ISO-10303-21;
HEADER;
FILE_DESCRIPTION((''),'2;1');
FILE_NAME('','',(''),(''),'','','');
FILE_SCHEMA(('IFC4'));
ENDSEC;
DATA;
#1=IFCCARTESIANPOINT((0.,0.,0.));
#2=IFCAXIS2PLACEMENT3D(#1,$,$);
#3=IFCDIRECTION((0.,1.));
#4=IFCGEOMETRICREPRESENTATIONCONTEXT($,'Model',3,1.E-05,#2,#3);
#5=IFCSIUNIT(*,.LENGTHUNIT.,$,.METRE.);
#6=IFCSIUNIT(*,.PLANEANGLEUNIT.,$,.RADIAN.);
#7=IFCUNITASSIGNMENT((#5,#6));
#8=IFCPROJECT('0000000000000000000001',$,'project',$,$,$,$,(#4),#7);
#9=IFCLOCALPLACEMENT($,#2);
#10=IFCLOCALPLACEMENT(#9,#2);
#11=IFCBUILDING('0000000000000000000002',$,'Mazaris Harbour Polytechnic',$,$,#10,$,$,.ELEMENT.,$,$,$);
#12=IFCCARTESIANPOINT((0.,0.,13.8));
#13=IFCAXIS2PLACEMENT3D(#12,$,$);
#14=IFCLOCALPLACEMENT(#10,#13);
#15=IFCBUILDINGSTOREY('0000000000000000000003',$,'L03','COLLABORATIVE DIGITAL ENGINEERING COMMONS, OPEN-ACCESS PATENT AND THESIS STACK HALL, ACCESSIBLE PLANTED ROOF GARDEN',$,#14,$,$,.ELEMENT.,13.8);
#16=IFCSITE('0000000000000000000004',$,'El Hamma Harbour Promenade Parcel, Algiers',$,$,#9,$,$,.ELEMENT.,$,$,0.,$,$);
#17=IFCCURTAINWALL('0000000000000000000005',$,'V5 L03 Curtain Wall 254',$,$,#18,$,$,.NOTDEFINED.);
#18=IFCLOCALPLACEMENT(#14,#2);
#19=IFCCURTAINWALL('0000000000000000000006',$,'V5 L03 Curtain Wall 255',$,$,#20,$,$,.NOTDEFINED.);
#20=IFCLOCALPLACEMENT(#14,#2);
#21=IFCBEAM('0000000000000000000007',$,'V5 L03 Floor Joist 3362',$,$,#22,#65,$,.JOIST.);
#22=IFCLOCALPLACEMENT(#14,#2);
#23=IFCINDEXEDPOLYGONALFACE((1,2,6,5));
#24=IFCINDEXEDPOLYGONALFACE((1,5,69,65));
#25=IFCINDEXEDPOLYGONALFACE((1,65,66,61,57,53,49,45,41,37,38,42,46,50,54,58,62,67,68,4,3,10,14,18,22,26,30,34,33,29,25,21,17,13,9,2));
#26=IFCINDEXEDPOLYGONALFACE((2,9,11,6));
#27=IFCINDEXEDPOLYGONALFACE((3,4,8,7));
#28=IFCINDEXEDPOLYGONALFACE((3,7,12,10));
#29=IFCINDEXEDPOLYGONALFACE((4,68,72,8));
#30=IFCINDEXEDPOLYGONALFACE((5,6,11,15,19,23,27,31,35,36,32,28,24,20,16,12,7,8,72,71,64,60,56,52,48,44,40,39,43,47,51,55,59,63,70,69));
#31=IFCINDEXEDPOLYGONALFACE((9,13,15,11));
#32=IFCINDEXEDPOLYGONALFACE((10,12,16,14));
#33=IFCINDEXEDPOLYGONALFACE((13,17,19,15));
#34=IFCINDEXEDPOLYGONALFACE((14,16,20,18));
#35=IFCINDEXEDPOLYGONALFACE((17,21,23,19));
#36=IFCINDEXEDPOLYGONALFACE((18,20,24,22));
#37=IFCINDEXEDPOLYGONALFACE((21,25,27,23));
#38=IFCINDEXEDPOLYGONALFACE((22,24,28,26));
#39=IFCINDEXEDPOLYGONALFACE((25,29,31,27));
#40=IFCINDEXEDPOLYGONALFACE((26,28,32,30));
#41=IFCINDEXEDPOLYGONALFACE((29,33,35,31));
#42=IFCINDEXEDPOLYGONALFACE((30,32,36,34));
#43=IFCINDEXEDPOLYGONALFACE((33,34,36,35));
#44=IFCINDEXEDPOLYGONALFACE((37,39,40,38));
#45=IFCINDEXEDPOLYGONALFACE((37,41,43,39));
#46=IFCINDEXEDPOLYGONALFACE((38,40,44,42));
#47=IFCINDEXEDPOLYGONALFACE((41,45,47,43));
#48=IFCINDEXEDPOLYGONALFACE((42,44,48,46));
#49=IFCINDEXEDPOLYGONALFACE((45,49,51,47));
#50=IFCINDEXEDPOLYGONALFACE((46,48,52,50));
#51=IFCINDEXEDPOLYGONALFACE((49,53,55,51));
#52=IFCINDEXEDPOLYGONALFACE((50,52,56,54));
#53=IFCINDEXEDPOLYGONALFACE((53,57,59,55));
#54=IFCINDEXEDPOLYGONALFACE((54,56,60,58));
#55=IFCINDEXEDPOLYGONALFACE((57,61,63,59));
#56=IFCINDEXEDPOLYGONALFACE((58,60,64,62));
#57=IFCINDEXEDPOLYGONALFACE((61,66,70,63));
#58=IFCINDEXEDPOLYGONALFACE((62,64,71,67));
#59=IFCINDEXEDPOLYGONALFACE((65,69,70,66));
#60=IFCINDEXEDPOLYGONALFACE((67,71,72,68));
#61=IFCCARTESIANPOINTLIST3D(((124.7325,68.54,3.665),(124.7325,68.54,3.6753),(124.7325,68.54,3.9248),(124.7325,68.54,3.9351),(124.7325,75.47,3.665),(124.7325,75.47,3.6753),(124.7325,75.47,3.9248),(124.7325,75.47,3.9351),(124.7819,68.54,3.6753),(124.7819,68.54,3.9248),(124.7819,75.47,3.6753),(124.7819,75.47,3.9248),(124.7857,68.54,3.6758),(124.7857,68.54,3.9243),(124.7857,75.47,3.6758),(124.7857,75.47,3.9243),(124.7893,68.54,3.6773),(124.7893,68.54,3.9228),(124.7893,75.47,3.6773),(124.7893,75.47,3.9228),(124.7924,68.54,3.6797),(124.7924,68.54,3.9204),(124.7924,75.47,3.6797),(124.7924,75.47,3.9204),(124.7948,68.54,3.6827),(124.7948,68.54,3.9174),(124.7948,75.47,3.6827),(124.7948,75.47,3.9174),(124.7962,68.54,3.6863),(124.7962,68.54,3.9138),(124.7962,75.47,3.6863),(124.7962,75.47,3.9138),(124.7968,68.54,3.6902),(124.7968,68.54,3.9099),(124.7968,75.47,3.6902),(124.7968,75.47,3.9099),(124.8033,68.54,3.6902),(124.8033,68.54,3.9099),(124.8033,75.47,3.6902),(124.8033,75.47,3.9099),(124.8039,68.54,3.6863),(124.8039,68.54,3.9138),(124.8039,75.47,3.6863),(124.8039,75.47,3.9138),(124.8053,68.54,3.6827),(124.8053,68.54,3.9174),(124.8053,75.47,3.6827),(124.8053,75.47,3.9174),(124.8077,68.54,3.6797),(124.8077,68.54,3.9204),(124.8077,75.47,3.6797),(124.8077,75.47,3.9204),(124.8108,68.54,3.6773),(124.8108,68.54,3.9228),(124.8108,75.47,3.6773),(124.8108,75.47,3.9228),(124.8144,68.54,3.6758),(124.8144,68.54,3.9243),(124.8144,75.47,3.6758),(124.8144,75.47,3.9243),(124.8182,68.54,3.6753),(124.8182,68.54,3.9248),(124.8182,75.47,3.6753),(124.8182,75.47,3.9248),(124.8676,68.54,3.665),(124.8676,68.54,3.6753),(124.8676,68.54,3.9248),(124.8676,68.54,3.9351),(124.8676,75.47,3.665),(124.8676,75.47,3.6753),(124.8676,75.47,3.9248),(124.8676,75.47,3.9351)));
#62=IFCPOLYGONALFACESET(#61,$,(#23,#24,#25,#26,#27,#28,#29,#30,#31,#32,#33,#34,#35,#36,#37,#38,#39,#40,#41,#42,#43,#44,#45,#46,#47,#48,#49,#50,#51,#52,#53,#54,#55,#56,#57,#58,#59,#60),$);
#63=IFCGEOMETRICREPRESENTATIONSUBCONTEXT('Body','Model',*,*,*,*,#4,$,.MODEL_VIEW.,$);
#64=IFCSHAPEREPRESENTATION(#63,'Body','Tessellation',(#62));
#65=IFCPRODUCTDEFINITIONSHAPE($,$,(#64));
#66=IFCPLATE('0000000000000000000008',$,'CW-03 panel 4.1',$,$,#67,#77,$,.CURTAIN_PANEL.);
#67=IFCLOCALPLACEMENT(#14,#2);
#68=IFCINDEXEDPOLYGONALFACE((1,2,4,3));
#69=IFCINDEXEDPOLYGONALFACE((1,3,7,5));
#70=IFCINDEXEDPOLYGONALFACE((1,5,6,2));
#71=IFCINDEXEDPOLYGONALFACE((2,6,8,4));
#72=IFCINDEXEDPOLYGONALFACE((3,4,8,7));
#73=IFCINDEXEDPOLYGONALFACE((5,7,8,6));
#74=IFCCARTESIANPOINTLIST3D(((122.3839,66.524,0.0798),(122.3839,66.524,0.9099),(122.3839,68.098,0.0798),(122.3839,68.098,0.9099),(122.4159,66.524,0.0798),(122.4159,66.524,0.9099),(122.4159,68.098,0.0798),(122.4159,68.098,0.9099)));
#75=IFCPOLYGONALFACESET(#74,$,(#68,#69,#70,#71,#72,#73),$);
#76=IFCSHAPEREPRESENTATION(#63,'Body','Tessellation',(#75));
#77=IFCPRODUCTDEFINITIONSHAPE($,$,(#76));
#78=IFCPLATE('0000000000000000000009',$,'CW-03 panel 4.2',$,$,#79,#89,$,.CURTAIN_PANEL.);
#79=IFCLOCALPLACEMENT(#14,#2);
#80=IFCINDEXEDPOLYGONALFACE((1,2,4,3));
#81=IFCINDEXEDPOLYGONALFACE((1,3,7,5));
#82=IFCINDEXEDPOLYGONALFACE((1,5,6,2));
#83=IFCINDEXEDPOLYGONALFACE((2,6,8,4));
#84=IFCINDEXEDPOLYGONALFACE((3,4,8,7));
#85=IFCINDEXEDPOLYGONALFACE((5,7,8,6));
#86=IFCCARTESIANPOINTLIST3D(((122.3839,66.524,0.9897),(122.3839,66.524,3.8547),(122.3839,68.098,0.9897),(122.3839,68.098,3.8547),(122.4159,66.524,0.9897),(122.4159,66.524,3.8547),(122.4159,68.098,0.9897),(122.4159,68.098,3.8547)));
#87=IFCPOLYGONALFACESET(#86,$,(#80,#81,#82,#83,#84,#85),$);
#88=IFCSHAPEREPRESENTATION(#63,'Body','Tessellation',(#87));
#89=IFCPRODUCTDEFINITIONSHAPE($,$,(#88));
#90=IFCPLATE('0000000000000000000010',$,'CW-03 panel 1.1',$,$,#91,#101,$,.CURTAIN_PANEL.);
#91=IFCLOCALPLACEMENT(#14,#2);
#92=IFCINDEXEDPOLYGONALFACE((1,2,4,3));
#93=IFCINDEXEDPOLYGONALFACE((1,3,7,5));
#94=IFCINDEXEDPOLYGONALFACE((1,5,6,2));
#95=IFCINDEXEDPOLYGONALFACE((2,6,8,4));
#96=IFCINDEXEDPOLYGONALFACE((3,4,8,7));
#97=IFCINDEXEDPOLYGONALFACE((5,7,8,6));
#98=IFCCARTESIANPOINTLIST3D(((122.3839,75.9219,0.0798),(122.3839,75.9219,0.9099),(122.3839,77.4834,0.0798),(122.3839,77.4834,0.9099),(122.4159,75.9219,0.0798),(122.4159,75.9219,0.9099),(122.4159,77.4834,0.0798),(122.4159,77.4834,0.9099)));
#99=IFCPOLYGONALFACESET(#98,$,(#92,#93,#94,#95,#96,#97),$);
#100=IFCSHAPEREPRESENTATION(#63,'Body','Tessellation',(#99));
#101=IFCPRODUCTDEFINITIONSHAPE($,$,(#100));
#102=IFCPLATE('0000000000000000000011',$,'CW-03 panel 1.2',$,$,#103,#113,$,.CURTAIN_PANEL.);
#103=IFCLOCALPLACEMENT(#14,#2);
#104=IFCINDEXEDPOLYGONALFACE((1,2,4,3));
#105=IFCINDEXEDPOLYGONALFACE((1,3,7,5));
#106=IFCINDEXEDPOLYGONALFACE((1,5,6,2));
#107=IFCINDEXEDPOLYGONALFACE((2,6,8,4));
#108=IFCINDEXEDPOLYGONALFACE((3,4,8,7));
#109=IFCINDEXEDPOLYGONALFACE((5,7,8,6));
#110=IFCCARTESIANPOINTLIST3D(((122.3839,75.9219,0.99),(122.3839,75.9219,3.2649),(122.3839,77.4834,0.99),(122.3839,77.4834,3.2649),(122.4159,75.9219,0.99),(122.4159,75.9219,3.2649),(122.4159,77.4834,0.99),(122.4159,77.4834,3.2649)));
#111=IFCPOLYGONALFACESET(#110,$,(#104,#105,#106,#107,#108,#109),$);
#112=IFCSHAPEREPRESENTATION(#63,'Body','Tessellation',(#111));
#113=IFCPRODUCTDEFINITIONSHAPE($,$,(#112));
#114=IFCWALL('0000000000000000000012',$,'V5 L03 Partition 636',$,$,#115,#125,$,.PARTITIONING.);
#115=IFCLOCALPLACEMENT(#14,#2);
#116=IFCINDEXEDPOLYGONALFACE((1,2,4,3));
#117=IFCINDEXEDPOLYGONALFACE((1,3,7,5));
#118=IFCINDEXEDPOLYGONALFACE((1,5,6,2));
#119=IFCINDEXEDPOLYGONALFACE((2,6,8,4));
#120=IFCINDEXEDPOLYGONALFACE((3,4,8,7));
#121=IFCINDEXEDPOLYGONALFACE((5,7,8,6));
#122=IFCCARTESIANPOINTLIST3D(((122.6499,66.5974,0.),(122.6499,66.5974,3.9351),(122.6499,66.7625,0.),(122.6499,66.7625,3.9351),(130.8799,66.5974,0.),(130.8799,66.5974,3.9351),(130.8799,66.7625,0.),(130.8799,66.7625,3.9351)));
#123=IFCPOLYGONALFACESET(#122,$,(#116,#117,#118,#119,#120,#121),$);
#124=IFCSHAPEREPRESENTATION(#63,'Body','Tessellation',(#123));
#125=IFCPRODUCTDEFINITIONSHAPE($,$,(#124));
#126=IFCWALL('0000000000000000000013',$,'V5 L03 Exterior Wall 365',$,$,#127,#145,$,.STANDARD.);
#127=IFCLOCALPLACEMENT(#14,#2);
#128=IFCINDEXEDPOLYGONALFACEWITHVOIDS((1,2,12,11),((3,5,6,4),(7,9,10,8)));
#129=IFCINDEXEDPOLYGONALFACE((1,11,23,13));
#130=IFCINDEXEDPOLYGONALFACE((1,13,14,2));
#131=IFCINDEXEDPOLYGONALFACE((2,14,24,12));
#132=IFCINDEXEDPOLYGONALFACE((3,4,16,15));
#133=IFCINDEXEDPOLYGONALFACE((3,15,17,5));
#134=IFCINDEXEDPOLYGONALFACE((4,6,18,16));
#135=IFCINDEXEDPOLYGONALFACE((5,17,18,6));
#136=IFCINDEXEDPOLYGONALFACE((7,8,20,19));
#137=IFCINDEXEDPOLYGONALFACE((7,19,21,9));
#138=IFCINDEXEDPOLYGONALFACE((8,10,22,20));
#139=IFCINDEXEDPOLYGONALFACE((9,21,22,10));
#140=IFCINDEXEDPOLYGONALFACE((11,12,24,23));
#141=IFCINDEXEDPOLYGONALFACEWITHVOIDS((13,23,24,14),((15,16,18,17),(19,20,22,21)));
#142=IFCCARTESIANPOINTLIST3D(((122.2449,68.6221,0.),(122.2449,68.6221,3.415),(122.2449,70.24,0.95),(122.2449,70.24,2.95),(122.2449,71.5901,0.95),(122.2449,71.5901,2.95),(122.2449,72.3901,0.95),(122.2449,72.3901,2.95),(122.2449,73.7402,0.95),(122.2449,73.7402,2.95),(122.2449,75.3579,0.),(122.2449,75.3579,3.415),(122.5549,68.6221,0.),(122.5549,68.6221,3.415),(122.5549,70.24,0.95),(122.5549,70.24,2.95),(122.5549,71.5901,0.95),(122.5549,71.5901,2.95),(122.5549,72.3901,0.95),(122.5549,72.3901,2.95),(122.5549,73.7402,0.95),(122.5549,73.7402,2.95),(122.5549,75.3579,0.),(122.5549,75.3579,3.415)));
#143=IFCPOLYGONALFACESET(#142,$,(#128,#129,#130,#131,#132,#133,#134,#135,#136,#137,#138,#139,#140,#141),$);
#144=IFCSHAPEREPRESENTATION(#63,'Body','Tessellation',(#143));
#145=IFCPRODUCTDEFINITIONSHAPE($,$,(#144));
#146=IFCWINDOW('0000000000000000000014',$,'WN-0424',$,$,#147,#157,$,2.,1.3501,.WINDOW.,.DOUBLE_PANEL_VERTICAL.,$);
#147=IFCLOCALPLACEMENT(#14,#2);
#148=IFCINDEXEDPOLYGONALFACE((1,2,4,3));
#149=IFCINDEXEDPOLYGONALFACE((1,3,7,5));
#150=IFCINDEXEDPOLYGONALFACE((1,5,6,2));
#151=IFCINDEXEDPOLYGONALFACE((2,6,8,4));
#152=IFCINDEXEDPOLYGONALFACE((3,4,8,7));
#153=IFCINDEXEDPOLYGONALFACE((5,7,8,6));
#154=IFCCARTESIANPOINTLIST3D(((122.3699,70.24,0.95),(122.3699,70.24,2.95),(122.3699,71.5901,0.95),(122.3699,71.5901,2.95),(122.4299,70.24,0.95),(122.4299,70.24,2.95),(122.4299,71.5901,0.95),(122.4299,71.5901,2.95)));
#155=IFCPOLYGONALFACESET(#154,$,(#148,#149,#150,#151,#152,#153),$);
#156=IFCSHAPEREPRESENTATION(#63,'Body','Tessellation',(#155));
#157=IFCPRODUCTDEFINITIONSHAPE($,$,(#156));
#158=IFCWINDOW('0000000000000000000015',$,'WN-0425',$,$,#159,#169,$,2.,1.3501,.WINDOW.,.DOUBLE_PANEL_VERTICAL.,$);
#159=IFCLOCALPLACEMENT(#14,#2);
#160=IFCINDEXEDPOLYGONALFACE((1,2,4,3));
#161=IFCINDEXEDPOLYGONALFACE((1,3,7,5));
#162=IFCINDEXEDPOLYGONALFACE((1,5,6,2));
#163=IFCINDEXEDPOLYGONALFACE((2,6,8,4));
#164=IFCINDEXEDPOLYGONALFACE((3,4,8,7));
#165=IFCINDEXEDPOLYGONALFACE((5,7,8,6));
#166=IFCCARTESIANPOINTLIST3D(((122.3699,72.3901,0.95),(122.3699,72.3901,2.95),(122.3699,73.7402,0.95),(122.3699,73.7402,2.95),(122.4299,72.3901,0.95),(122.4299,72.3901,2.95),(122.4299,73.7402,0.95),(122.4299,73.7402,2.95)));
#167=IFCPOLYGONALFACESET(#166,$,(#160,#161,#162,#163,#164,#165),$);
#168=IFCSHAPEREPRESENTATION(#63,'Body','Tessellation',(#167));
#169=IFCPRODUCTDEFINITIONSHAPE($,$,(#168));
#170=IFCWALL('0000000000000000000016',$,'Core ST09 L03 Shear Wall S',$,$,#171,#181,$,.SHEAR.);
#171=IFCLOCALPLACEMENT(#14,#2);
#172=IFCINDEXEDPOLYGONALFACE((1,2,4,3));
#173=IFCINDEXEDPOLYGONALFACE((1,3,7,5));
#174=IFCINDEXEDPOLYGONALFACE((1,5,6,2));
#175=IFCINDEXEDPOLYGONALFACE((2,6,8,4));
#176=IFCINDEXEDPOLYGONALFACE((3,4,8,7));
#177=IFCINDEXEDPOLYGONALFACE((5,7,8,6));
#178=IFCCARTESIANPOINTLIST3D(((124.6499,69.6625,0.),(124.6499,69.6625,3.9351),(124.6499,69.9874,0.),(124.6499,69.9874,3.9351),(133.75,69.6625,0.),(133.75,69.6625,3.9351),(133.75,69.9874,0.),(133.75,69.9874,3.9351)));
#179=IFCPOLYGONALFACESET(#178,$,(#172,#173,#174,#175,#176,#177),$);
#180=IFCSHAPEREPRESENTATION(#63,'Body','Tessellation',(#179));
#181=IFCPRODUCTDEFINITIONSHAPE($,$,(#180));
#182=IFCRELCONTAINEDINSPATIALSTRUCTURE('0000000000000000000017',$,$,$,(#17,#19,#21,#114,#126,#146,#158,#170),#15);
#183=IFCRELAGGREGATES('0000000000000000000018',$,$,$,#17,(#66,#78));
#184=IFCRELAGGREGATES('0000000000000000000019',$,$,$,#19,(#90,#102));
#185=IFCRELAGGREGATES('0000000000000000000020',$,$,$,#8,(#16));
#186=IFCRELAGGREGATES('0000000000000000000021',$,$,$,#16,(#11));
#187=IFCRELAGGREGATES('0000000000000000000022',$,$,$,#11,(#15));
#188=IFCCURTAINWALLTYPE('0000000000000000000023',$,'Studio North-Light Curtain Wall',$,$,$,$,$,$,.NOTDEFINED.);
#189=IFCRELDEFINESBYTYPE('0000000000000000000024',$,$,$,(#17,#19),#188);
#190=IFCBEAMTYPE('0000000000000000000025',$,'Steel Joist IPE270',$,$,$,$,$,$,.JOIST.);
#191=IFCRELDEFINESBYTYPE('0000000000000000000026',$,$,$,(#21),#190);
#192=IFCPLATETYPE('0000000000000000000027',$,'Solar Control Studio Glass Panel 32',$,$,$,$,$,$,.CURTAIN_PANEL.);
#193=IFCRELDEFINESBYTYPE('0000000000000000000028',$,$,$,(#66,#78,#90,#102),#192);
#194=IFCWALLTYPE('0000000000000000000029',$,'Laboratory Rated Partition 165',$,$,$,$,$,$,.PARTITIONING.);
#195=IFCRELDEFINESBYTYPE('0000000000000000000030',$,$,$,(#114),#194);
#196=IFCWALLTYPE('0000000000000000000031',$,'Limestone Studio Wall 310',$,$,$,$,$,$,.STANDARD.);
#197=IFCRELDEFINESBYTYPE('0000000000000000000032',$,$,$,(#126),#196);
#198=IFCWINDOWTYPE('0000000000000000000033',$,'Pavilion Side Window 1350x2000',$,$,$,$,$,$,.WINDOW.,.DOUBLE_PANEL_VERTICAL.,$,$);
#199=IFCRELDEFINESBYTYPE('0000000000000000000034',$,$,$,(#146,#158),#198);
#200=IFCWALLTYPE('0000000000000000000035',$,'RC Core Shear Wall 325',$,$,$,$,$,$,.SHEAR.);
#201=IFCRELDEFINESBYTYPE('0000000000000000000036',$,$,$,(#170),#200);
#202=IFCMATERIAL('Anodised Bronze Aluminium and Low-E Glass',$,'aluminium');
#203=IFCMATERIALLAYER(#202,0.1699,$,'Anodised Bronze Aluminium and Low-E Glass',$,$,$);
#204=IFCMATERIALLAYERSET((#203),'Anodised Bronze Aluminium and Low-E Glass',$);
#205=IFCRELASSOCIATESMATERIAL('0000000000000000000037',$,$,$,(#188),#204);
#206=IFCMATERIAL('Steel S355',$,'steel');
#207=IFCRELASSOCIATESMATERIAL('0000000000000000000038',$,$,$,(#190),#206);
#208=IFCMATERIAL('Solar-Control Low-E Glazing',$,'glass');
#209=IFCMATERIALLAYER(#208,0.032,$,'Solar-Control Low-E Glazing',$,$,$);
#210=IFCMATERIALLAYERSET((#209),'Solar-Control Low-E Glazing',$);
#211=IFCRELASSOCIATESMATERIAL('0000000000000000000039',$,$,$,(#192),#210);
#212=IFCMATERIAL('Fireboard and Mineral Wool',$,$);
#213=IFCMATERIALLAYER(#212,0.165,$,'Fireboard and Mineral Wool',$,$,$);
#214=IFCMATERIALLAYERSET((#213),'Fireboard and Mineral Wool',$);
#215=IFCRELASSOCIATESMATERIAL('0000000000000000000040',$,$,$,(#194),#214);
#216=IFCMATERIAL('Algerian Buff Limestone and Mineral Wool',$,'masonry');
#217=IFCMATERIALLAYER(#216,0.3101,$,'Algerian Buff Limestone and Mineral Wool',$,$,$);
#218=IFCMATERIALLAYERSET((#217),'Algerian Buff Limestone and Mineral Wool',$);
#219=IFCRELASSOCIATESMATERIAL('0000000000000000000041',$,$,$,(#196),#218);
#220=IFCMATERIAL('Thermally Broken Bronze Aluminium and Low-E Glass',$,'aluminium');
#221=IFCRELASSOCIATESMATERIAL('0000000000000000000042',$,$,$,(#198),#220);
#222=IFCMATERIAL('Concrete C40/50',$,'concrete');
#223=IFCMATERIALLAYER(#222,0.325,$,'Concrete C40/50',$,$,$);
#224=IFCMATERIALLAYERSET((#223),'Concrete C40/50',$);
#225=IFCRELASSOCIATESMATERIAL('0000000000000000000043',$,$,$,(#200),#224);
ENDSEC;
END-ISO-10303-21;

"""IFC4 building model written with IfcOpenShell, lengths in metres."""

from ifc_helpers import new_model, si_unit, direction, frame, frame_2d, origin, origin_2d, place, context, subcontext, project, spatial, rectangle, i_section, extrude, material, layer, layer_set, material_profile, profile_set, type_object, element, fill, aggregate, save


model = new_model("IFC4")

# Units and contexts
model_context = context("Model", 3, precision=1e-05, world=origin(), true_north=direction((0.0, 1.0)))
body_context = subcontext(model_context, "Body", "Model", "MODEL_VIEW")
ifc_project = project(units=[si_unit("LENGTHUNIT", "METRE"), si_unit("PLANEANGLEUNIT", "RADIAN")], contexts=[model_context])

# Site, building, storey
site_placement = place(None, origin())
site = spatial("IfcSite", under=ifc_project, at=site_placement, Name="El Hamma Harbour Promenade Parcel, Algiers", CompositionType="ELEMENT", RefElevation=0.0)
building_placement = place(site_placement, origin())
building = spatial("IfcBuilding", under=site, at=building_placement, Name="Mazaris Harbour Polytechnic", CompositionType="ELEMENT")
storey_placement = place(building_placement, frame((0.0, 0.0, 13.8)))
storey = spatial("IfcBuildingStorey", under=building, at=storey_placement, Name="L03", Description="COLLABORATIVE DIGITAL ENGINEERING COMMONS, OPEN-ACCESS PATENT AND THESIS STACK HALL, ACCESSIBLE PLANTED ROOF GARDEN", CompositionType="ELEMENT", Elevation=13.8)

# Curtain wall
ifc_material_1 = material(Name="Anodised Bronze Aluminium and Low-E Glass", Category="aluminium")
ifc_layer_1 = layer(ifc_material_1, 0.1699, Name="Anodised Bronze Aluminium and Low-E Glass")
ifc_layer_set_1 = layer_set([ifc_layer_1], Name="Anodised Bronze Aluminium and Low-E Glass")
curtain_wall_type = type_object("IfcCurtainWallType", Name="Studio North-Light Curtain Wall", PredefinedType="NOTDEFINED", material=ifc_layer_set_1)
curtain_wall_1_placement = place(storey_placement, origin())
curtain_wall_1 = element("IfcCurtainWall", 1, at=curtain_wall_1_placement, inside=storey, type_object=curtain_wall_type, Name="V5 L03 Curtain Wall 254", PredefinedType="NOTDEFINED")

# Curtain wall
curtain_wall_2_placement = place(storey_placement, origin())
curtain_wall_2 = element("IfcCurtainWall", 2, at=curtain_wall_2_placement, inside=storey, type_object=curtain_wall_type, Name="V5 L03 Curtain Wall 255", PredefinedType="NOTDEFINED")

# Beam
ifc_material_2 = material(Name="Steel S355", Category="steel")
ifc_material_profile_1 = material_profile(ifc_material_2, i_section(OverallWidth=0.135, OverallDepth=0.27, WebThickness=0.0066, FlangeThickness=0.0103, FilletRadius=0.0149, at=origin_2d()), Name="IPE 270")
ifc_profile_set_1 = profile_set([ifc_material_profile_1], Name="Steel S355")
beam_type_1 = type_object("IfcBeamType", Name="Steel Joist IPE270", PredefinedType="JOIST", material=ifc_profile_set_1)
beam_1_placement = place(storey_placement, frame((124.8, 68.54, 3.8), z_axis=(0.0, 1.0, 0.0), x_axis=(-1.0, 0.0, 0.0)))
element("IfcBeam", 3, at=beam_1_placement, inside=storey, type_object=beam_type_1, Name="V5 L03 Floor Joist 3362", PredefinedType="JOIST", context=body_context, shape_type="SweptSolid", body=[
    extrude(i_section(OverallWidth=0.135, OverallDepth=0.27, WebThickness=0.0066, FlangeThickness=0.0103, FilletRadius=0.0149, at=origin_2d()), origin(), (0.0, 0.0, 1.0), 6.9299),
])

# Plates
ifc_material_3 = material(Name="Solar-Control Low-E Glazing", Category="glass")
ifc_layer_2 = layer(ifc_material_3, 0.032, Name="Solar-Control Low-E Glazing")
ifc_layer_set_2 = layer_set([ifc_layer_2], Name="Solar-Control Low-E Glazing")
plate_type = type_object("IfcPlateType", Name="Solar Control Studio Glass Panel 32", PredefinedType="CURTAIN_PANEL", material=ifc_layer_set_2)
plate_1_placement = place(storey_placement, frame((122.3999, 67.311, 0.0798), z_axis=(0.0, 0.0, 1.0), x_axis=(0.0, 1.0, 0.0)))
plate_1 = element("IfcPlate", 4, at=plate_1_placement, type_object=plate_type, Name="CW-03 panel 4.1", PredefinedType="CURTAIN_PANEL", context=body_context, shape_type="SweptSolid", body=[
    extrude(rectangle(XDim=1.574, YDim=0.032, at=origin_2d()), origin(), (0.0, 0.0, 1.0), 0.8301),
])
plate_2_placement = place(storey_placement, frame((122.3999, 67.311, 0.9897), z_axis=(0.0, 0.0, 1.0), x_axis=(0.0, 1.0, 0.0)))
plate_2 = element("IfcPlate", 5, at=plate_2_placement, type_object=plate_type, Name="CW-03 panel 4.2", PredefinedType="CURTAIN_PANEL", context=body_context, shape_type="SweptSolid", body=[
    extrude(rectangle(XDim=1.574, YDim=0.032, at=origin_2d()), origin(), (0.0, 0.0, 1.0), 2.865),
])
aggregate(curtain_wall_1, [plate_1, plate_2])
plate_3_placement = place(storey_placement, frame((122.3999, 76.7026, 0.0798), z_axis=(0.0, 0.0, 1.0), x_axis=(0.0, 1.0, 0.0)))
plate_3 = element("IfcPlate", 6, at=plate_3_placement, type_object=plate_type, Name="CW-03 panel 1.1", PredefinedType="CURTAIN_PANEL", context=body_context, shape_type="SweptSolid", body=[
    extrude(rectangle(XDim=1.5615, YDim=0.032, at=origin_2d()), origin(), (0.0, 0.0, 1.0), 0.8301),
])
plate_4_placement = place(storey_placement, frame((122.3999, 76.7026, 0.99), z_axis=(0.0, 0.0, 1.0), x_axis=(0.0, 1.0, 0.0)))
plate_4 = element("IfcPlate", 7, at=plate_4_placement, type_object=plate_type, Name="CW-03 panel 1.2", PredefinedType="CURTAIN_PANEL", context=body_context, shape_type="SweptSolid", body=[
    extrude(rectangle(XDim=1.5615, YDim=0.032, at=origin_2d()), origin(), (0.0, 0.0, 1.0), 2.2749),
])
aggregate(curtain_wall_2, [plate_3, plate_4])

# Wall
ifc_material_4 = material(Name="Fireboard and Mineral Wool")
ifc_layer_3 = layer(ifc_material_4, 0.165, Name="Fireboard and Mineral Wool")
ifc_layer_set_3 = layer_set([ifc_layer_3], Name="Fireboard and Mineral Wool")
wall_type_1 = type_object("IfcWallType", Name="Laboratory Rated Partition 165", PredefinedType="PARTITIONING", material=ifc_layer_set_3)
wall_1_placement = place(storey_placement, frame((122.6499, 66.6799, 0.0), z_axis=(0.0, 0.0, 1.0), x_axis=(1.0, 0.0, 0.0)))
element("IfcWall", 8, at=wall_1_placement, inside=storey, type_object=wall_type_1, Name="V5 L03 Partition 636", PredefinedType="PARTITIONING", context=body_context, shape_type="SweptSolid", body=[
    extrude(rectangle(XDim=8.23, YDim=0.165, at=frame_2d((4.115, 0.0))), origin(), (0.0, 0.0, 1.0), 3.9351),
])

# Wall, openings, windows
ifc_material_5 = material(Name="Algerian Buff Limestone and Mineral Wool", Category="masonry")
ifc_layer_4 = layer(ifc_material_5, 0.3101, Name="Algerian Buff Limestone and Mineral Wool")
ifc_layer_set_4 = layer_set([ifc_layer_4], Name="Algerian Buff Limestone and Mineral Wool")
wall_type_2 = type_object("IfcWallType", Name="Limestone Studio Wall 310", PredefinedType="STANDARD", material=ifc_layer_set_4)
wall_2_placement = place(storey_placement, frame((122.3999, 68.6221, 0.0), z_axis=(0.0, 0.0, 1.0), x_axis=(0.0, 1.0, 0.0)))
wall_2 = element("IfcWall", 9, at=wall_2_placement, inside=storey, type_object=wall_type_2, Name="V5 L03 Exterior Wall 365", PredefinedType="STANDARD", context=body_context, shape_type="SweptSolid", body=[
    extrude(rectangle(XDim=6.7358, YDim=0.3101, at=frame_2d((3.3679, 0.0))), origin(), (0.0, 0.0, 1.0), 3.415),
])
opening_1_placement = place(wall_2_placement, frame((1.6179, 0.0, 0.95)))
opening_1 = element("IfcOpeningElement", 10, at=opening_1_placement, cuts=wall_2, PredefinedType="OPENING", context=body_context, shape_type="SweptSolid", body=[
    extrude(rectangle(XDim=1.3501, YDim=2.0, at=frame_2d((0.675, 1.0))), frame((0.0, 0.165, 0.0), z_axis=(0.0, -1.0, 0.0), x_axis=(1.0, 0.0, 0.0)), (0.0, 0.0, 1.0), 0.3301),
])
opening_2_placement = place(wall_2_placement, frame((3.7681, 0.0, 0.95)))
opening_2 = element("IfcOpeningElement", 11, at=opening_2_placement, cuts=wall_2, PredefinedType="OPENING", context=body_context, shape_type="SweptSolid", body=[
    extrude(rectangle(XDim=1.3501, YDim=2.0, at=frame_2d((0.675, 1.0))), frame((0.0, 0.165, 0.0), z_axis=(0.0, -1.0, 0.0), x_axis=(1.0, 0.0, 0.0)), (0.0, 0.0, 1.0), 0.3301),
])
ifc_material_6 = material(Name="Thermally Broken Bronze Aluminium and Low-E Glass", Category="aluminium")
window_type = type_object("IfcWindowType", Name="Pavilion Side Window 1350x2000", PartitioningType="DOUBLE_PANEL_VERTICAL", PredefinedType="WINDOW", material=ifc_material_6)
window_1_placement = place(opening_1_placement, origin())
window_1 = element("IfcWindow", 12, at=window_1_placement, inside=storey, type_object=window_type, Name="WN-0424", OverallHeight=2.0, OverallWidth=1.3501, PartitioningType="DOUBLE_PANEL_VERTICAL", PredefinedType="WINDOW", context=body_context, shape_type="SweptSolid", body=[
    extrude(rectangle(XDim=1.3501, YDim=2.0, at=frame_2d((0.675, 1.0))), frame((0.0, 0.03, 0.0), z_axis=(0.0, -1.0, 0.0), x_axis=(1.0, 0.0, 0.0)), (0.0, 0.0, 1.0), 0.0601),
])
fill(opening_1, window_1)
window_2_placement = place(opening_2_placement, origin())
window_2 = element("IfcWindow", 13, at=window_2_placement, inside=storey, type_object=window_type, Name="WN-0425", OverallHeight=2.0, OverallWidth=1.3501, PartitioningType="DOUBLE_PANEL_VERTICAL", PredefinedType="WINDOW", context=body_context, shape_type="SweptSolid", body=[
    extrude(rectangle(XDim=1.3501, YDim=2.0, at=frame_2d((0.675, 1.0))), frame((0.0, 0.03, 0.0), z_axis=(0.0, -1.0, 0.0), x_axis=(1.0, 0.0, 0.0)), (0.0, 0.0, 1.0), 0.0601),
])
fill(opening_2, window_2)

# Wall
ifc_material_7 = material(Name="Concrete C40/50", Category="concrete")
ifc_layer_5 = layer(ifc_material_7, 0.325, Name="Concrete C40/50")
ifc_layer_set_5 = layer_set([ifc_layer_5], Name="Concrete C40/50")
wall_type_3 = type_object("IfcWallType", Name="RC Core Shear Wall 325", PredefinedType="SHEAR", material=ifc_layer_set_5)
wall_3_placement = place(storey_placement, frame((124.6499, 69.825, 0.0), z_axis=(0.0, 0.0, 1.0), x_axis=(1.0, 0.0, 0.0)))
element("IfcWall", 14, at=wall_3_placement, inside=storey, type_object=wall_type_3, Name="Core ST09 L03 Shear Wall S", PredefinedType="SHEAR", context=body_context, shape_type="SweptSolid", body=[
    extrude(rectangle(XDim=9.1001, YDim=0.325, at=frame_2d((4.55, 0.0))), origin(), (0.0, 0.0, 1.0), 3.9351),
])

save(model, "model.ifc")
